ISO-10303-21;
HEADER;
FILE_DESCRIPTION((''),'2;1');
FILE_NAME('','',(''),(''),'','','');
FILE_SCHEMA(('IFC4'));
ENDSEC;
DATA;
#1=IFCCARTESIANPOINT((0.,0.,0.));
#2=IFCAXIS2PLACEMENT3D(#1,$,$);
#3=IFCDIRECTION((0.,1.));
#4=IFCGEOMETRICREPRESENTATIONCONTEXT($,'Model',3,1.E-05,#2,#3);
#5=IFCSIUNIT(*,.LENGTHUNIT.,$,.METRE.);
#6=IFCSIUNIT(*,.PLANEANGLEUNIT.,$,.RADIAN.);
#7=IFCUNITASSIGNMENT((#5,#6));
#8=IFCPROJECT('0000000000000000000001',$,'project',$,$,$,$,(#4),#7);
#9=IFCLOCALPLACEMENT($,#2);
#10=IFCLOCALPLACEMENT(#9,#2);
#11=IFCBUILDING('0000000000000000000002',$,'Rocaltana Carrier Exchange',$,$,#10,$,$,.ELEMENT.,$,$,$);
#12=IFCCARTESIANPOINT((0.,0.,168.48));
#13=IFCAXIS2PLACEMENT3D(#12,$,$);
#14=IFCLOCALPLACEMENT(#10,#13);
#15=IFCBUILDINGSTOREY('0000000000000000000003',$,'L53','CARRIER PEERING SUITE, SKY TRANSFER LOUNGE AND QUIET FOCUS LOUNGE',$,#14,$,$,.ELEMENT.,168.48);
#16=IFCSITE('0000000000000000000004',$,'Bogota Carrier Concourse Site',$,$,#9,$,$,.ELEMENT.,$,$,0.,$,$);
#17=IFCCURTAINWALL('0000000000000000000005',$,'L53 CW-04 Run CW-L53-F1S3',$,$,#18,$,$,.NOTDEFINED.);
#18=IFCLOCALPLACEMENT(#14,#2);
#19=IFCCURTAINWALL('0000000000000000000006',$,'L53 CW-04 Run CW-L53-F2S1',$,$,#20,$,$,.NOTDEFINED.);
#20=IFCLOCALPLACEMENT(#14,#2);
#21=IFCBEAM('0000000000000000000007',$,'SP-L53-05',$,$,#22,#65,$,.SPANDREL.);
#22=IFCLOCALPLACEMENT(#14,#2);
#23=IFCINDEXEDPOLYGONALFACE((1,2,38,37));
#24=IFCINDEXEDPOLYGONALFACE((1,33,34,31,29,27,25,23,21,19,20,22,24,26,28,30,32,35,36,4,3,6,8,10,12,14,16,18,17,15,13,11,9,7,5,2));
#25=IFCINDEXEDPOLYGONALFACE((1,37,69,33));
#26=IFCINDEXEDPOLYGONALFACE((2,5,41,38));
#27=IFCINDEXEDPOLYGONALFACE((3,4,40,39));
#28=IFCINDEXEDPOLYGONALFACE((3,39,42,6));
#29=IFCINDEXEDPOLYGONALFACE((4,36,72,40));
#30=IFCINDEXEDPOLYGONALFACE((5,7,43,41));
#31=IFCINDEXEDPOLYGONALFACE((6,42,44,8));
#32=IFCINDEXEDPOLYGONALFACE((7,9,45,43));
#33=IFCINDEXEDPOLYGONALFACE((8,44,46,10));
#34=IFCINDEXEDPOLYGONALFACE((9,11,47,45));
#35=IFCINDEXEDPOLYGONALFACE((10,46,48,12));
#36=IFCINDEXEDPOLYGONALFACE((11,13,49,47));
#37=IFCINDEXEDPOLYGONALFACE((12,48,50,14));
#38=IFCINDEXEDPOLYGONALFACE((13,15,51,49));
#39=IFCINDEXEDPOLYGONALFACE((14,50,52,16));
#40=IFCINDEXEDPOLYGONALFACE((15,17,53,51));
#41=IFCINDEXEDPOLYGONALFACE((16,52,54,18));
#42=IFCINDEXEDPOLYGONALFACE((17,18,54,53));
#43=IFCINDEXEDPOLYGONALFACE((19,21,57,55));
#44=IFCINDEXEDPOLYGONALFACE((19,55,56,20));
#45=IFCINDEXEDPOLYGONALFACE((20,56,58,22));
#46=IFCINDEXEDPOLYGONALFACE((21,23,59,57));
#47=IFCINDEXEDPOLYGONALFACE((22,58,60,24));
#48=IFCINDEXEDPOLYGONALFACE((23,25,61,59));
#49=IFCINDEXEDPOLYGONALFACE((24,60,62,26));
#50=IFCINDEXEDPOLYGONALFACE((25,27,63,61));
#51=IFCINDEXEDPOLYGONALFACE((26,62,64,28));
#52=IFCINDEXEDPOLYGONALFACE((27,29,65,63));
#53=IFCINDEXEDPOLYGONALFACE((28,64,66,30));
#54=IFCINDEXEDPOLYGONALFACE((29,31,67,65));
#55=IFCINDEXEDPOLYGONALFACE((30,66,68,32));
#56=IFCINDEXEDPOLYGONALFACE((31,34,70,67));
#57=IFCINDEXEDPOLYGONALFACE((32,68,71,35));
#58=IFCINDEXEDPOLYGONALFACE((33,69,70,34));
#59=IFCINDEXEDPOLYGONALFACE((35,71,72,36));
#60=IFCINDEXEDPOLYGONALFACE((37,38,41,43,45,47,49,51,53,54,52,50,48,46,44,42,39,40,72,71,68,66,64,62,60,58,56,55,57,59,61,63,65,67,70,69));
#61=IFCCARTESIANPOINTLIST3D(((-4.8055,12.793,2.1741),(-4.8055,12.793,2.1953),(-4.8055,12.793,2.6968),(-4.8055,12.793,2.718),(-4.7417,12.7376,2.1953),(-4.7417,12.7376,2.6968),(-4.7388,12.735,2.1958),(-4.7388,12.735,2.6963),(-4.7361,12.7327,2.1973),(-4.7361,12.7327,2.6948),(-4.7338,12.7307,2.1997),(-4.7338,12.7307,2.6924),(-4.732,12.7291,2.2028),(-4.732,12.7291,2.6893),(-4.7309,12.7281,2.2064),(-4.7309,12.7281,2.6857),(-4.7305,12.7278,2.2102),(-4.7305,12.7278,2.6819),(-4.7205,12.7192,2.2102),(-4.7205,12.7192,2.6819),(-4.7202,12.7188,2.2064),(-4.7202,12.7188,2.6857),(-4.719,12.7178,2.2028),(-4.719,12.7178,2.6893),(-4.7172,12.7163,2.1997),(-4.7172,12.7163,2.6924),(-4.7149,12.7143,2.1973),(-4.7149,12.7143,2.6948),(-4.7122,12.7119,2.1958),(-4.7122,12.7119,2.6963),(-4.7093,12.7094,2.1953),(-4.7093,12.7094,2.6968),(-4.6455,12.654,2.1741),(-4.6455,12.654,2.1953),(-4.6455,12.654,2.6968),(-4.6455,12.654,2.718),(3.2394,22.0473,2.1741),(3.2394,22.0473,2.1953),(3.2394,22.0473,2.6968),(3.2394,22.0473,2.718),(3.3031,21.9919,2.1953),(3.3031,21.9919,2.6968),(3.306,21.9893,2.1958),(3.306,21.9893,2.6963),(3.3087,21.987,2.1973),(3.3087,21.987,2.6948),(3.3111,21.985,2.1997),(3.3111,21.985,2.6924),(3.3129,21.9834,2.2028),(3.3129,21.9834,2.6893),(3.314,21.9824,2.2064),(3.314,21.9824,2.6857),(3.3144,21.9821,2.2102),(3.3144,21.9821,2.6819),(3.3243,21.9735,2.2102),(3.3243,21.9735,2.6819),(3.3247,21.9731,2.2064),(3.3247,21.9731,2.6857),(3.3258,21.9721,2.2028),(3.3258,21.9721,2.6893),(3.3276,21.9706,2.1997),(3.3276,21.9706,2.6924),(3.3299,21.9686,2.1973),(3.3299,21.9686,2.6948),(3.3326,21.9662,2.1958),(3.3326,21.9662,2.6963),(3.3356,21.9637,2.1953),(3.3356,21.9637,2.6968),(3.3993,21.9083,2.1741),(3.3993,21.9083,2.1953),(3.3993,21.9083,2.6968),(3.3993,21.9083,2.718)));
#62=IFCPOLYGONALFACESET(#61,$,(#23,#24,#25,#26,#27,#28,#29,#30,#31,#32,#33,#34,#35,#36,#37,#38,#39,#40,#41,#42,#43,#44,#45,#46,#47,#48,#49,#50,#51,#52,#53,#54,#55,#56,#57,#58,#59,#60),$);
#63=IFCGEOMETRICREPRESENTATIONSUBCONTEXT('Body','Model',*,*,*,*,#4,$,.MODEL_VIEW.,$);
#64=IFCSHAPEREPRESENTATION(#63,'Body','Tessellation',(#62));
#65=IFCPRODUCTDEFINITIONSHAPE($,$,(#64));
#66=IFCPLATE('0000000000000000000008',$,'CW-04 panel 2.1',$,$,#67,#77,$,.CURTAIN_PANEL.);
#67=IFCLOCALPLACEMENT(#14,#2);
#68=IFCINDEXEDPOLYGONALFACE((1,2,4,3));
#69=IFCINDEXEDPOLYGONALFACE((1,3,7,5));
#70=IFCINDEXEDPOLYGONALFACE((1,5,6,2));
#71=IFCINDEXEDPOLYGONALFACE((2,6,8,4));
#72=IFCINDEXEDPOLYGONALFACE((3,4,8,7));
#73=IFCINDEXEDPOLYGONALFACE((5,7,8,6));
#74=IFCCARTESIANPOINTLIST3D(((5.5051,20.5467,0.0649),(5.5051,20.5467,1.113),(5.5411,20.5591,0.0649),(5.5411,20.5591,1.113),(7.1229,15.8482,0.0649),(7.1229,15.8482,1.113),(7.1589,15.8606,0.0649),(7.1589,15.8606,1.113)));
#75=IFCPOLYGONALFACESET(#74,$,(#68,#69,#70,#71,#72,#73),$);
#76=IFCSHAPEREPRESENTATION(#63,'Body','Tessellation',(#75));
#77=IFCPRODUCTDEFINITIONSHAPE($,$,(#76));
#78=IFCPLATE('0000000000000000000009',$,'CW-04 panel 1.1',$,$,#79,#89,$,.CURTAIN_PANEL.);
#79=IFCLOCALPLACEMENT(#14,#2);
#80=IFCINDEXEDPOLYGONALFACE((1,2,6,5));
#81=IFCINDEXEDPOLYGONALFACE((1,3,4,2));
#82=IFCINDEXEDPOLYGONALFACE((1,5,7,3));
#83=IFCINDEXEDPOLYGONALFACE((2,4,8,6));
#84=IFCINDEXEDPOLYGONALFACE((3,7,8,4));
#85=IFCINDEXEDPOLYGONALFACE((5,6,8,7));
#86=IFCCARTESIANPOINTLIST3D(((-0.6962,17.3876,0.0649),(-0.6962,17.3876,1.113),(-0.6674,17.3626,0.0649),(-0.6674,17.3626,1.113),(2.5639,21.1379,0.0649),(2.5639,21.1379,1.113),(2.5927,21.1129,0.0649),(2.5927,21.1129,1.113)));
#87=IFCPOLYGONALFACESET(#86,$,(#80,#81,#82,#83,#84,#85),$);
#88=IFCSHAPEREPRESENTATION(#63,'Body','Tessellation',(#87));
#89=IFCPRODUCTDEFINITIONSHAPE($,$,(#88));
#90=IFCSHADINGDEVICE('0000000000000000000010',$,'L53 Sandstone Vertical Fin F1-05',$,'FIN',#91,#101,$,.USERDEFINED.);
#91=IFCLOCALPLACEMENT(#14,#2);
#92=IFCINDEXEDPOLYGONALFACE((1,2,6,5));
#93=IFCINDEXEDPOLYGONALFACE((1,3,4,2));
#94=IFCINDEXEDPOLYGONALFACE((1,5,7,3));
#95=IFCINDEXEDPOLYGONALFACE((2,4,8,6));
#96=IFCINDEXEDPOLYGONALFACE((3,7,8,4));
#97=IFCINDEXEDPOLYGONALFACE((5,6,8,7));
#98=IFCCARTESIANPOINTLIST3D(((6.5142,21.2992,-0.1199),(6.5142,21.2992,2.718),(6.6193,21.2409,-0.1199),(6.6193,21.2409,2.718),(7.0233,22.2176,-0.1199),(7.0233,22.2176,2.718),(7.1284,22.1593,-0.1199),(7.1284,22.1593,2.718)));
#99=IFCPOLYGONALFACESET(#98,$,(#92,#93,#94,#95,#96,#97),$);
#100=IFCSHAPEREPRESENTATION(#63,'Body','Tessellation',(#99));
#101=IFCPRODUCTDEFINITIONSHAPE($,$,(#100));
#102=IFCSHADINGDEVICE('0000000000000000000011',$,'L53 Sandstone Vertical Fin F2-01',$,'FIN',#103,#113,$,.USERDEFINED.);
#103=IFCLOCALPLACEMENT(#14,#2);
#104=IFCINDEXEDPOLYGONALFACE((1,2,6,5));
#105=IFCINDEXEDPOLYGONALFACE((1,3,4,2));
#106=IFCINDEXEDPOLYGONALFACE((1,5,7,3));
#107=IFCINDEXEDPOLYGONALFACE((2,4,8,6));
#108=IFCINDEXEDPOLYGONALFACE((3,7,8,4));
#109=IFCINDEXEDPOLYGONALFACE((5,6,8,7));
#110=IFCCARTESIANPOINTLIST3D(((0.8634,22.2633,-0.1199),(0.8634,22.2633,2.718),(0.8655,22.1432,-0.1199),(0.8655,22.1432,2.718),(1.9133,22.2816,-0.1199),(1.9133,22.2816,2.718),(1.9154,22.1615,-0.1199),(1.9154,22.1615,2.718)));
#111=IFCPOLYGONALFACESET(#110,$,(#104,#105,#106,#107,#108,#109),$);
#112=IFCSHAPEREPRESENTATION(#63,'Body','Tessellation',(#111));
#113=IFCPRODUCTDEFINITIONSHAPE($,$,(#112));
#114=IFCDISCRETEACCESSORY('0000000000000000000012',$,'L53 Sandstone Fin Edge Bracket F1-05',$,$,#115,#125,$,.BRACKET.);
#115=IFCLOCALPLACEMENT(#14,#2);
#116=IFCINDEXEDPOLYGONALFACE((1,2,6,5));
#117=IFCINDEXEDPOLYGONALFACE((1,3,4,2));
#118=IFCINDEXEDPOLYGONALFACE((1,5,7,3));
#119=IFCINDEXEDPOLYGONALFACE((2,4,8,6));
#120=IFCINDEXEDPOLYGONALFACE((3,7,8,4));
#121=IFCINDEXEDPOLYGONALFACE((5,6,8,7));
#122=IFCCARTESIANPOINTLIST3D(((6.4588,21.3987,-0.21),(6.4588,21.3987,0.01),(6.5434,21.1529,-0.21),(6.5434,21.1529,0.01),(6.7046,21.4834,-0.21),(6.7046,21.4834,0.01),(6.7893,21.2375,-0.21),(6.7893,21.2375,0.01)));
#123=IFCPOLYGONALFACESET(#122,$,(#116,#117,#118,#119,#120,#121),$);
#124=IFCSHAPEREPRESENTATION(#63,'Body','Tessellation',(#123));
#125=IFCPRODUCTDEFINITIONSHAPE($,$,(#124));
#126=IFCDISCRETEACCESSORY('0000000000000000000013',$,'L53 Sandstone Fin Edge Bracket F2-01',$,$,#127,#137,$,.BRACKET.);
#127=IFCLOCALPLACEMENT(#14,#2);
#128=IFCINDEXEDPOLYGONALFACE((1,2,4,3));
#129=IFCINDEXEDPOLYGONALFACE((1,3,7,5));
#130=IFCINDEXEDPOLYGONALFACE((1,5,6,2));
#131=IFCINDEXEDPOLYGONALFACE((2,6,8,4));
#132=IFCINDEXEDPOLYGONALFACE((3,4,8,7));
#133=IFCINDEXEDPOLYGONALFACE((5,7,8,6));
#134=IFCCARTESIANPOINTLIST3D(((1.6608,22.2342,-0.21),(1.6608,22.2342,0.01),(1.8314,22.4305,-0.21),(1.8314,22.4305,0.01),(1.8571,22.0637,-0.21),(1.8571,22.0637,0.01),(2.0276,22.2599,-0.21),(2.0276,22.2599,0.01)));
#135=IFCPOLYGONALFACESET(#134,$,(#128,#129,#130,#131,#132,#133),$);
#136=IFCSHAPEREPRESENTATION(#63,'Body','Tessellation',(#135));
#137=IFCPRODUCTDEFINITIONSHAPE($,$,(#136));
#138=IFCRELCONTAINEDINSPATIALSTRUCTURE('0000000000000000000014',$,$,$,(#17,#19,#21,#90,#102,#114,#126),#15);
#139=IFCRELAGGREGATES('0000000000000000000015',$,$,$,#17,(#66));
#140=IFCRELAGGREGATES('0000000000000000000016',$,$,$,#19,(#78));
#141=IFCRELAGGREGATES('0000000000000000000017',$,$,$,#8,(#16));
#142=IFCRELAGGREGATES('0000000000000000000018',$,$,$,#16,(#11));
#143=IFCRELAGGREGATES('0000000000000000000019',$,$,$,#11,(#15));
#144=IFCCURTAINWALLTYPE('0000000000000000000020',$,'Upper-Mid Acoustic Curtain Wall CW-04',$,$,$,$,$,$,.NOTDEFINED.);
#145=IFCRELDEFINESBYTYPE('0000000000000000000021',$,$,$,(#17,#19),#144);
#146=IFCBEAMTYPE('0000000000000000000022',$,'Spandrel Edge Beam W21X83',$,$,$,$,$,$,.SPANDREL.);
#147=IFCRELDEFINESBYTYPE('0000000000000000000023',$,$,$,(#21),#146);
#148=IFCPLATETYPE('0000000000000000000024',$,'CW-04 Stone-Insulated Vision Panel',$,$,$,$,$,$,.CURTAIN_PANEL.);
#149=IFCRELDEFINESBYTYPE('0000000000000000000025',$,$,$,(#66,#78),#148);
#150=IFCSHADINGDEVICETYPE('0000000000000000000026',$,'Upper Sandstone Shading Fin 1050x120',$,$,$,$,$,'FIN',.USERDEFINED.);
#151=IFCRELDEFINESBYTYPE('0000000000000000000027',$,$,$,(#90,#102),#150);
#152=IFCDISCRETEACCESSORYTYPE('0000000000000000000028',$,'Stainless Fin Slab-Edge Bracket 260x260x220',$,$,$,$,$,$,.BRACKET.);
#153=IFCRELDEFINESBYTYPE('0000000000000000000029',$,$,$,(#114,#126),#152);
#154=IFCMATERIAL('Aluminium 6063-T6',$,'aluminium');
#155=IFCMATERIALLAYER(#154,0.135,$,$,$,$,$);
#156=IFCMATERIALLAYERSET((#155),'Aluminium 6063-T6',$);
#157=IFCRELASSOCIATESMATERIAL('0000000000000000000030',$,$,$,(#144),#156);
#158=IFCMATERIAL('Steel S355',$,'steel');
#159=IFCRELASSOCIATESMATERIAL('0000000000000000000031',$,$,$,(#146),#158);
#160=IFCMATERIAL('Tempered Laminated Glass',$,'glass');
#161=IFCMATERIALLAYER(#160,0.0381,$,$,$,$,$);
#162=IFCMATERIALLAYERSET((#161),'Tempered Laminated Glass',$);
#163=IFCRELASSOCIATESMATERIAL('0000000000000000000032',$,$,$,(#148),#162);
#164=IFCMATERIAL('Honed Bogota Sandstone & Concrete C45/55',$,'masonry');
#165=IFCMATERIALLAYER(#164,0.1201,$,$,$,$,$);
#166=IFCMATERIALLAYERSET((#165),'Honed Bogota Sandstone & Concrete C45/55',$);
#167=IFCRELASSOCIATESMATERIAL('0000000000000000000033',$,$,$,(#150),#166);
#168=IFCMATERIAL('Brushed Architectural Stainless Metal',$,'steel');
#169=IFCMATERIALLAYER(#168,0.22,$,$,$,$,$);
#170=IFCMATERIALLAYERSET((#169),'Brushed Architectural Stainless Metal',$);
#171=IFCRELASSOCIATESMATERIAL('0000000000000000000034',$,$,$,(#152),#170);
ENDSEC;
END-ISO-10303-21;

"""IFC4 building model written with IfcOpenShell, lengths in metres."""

from ifc_helpers import new_model, si_unit, direction, frame, origin, origin_2d, place, context, subcontext, project, spatial, rectangle, i_section, extrude, material, layer, layer_set, material_profile, profile_set, type_object, element, aggregate, save


model = new_model("IFC4")

# Units and contexts
model_context = context("Model", 3, precision=1e-05, world=origin(), true_north=direction((0.0, 1.0)))
body_context = subcontext(model_context, "Body", "Model", "MODEL_VIEW")
ifc_project = project(units=[si_unit("LENGTHUNIT", "METRE"), si_unit("PLANEANGLEUNIT", "RADIAN")], contexts=[model_context])

# Site, building, storey
site_placement = place(None, origin())
site = spatial("IfcSite", under=ifc_project, at=site_placement, Name="Bogota Carrier Concourse Site", CompositionType="ELEMENT", RefElevation=0.0)
building_placement = place(site_placement, origin())
building = spatial("IfcBuilding", under=site, at=building_placement, Name="Rocaltana Carrier Exchange", CompositionType="ELEMENT")
storey_placement = place(building_placement, frame((0.0, 0.0, 168.48)))
storey = spatial("IfcBuildingStorey", under=building, at=storey_placement, Name="L53", Description="CARRIER PEERING SUITE, SKY TRANSFER LOUNGE AND QUIET FOCUS LOUNGE", CompositionType="ELEMENT", Elevation=168.48)

# Curtain wall
ifc_material_1 = material(Name="Aluminium 6063-T6", Category="aluminium")
ifc_layer_1 = layer(ifc_material_1, 0.135)
ifc_layer_set_1 = layer_set([ifc_layer_1], Name="Aluminium 6063-T6")
curtain_wall_type = type_object("IfcCurtainWallType", Name="Upper-Mid Acoustic Curtain Wall CW-04", PredefinedType="NOTDEFINED", material=ifc_layer_set_1)
curtain_wall_1_placement = place(storey_placement, origin())
curtain_wall_1 = element("IfcCurtainWall", 1, at=curtain_wall_1_placement, inside=storey, type_object=curtain_wall_type, Name="L53 CW-04 Run CW-L53-F1S3", PredefinedType="NOTDEFINED")

# Curtain wall
curtain_wall_2_placement = place(storey_placement, origin())
curtain_wall_2 = element("IfcCurtainWall", 2, at=curtain_wall_2_placement, inside=storey, type_object=curtain_wall_type, Name="L53 CW-04 Run CW-L53-F2S1", PredefinedType="NOTDEFINED")

# Beam
ifc_material_2 = material(Name="Steel S355", Category="steel")
ifc_material_profile_1 = material_profile(ifc_material_2, i_section(OverallWidth=0.2119, OverallDepth=0.5439, WebThickness=0.0132, FlangeThickness=0.0212, FilletRadius=0.0149, at=origin_2d()), Name="W21X83")
ifc_profile_set_1 = profile_set([ifc_material_profile_1], Name="Steel S355")
beam_type_1 = type_object("IfcBeamType", Name="Spandrel Edge Beam W21X83", PredefinedType="SPANDREL", material=ifc_profile_set_1)
beam_1_placement = place(storey_placement, frame((3.3193, 21.9778, 2.446), z_axis=(-0.656068, -0.754702, 0.0), x_axis=(0.754702, -0.656068, 0.0)))
element("IfcBeam", 3, at=beam_1_placement, inside=storey, type_object=beam_type_1, Name="SP-L53-05", PredefinedType="SPANDREL", context=body_context, shape_type="SweptSolid", body=[
    extrude(i_section(OverallWidth=0.2119, OverallDepth=0.5439, WebThickness=0.0132, FlangeThickness=0.0212, FilletRadius=0.0149, at=origin_2d()), origin(), (0.0, 0.0, 1.0), 12.2622),
])

# Plates
ifc_material_3 = material(Name="Tempered Laminated Glass", Category="glass")
ifc_layer_2 = layer(ifc_material_3, 0.0381)
ifc_layer_set_2 = layer_set([ifc_layer_2], Name="Tempered Laminated Glass")
plate_type = type_object("IfcPlateType", Name="CW-04 Stone-Insulated Vision Panel", PredefinedType="CURTAIN_PANEL", material=ifc_layer_set_2)
plate_1_placement = place(storey_placement, frame((6.332, 18.2036, 0.0649), z_axis=(0.0, 0.0, 1.0), x_axis=(-0.325559, 0.945522, 0.0)))
plate_1 = element("IfcPlate", 4, at=plate_1_placement, type_object=plate_type, Name="CW-04 panel 2.1", PredefinedType="CURTAIN_PANEL", context=body_context, shape_type="SweptSolid", body=[
    extrude(rectangle(XDim=4.9692, YDim=0.0381, at=origin_2d()), origin(), (0.0, 0.0, 1.0), 1.0481),
])
aggregate(curtain_wall_1, [plate_1])
plate_2_placement = place(storey_placement, frame((0.9482, 19.2502, 0.0649), z_axis=(0.0, 0.0, 1.0), x_axis=(-0.656057, -0.754712, 0.0)))
plate_2 = element("IfcPlate", 5, at=plate_2_placement, type_object=plate_type, Name="CW-04 panel 1.1", PredefinedType="CURTAIN_PANEL", context=body_context, shape_type="SweptSolid", body=[
    extrude(rectangle(XDim=4.9692, YDim=0.0381, at=origin_2d()), origin(), (0.0, 0.0, 1.0), 1.0481),
])
aggregate(curtain_wall_2, [plate_2])

# Shading devices
ifc_material_4 = material(Name="Honed Bogota Sandstone & Concrete C45/55", Category="masonry")
ifc_layer_3 = layer(ifc_material_4, 0.1201)
ifc_layer_set_3 = layer_set([ifc_layer_3], Name="Honed Bogota Sandstone & Concrete C45/55")
shading_device_type = type_object("IfcShadingDeviceType", Name="Upper Sandstone Shading Fin 1050x120", ElementType="FIN", PredefinedType="USERDEFINED", material=ifc_layer_set_3)
for number, where, z_axis, x_axis, name in (
    (6, (6.8213, 21.7292, -0.1199), (0.0, 0.0, 1.0), (0.48481, 0.87462, 0.0), "L53 Sandstone Vertical Fin F1-05"),
    (7, (1.3894, 22.2124, -0.1199), (0.0, 0.0, 1.0), (-0.999848, -0.017452, 0.0), "L53 Sandstone Vertical Fin F2-01"),
):
    element("IfcShadingDevice", number, at=place(storey_placement, frame(where, z_axis=z_axis, x_axis=x_axis)), inside=storey, type_object=shading_device_type, Name=name, ObjectType="FIN", PredefinedType="USERDEFINED", context=body_context, shape_type="SweptSolid", body=[
        extrude(rectangle(XDim=1.05, YDim=0.1201, at=origin_2d()), origin(), (0.0, 0.0, 1.0), 2.8379),
    ])

# Discrete accessories
ifc_material_5 = material(Name="Brushed Architectural Stainless Metal", Category="steel")
ifc_layer_4 = layer(ifc_material_5, 0.22)
ifc_layer_set_4 = layer_set([ifc_layer_4], Name="Brushed Architectural Stainless Metal")
discrete_accessory_type = type_object("IfcDiscreteAccessoryType", Name="Stainless Fin Slab-Edge Bracket 260x260x220", PredefinedType="BRACKET", material=ifc_layer_set_4)
for number, where, z_axis, x_axis, name in (
    (8, (6.624, 21.3181, -0.21), (0.0, 0.0, 1.0), (-0.325568, 0.945519, 0.0), "L53 Sandstone Fin Edge Bracket F1-05"),
    (9, (1.8442, 22.2471, -0.21), (0.0, 0.0, 1.0), (-0.656059, -0.75471, 0.0), "L53 Sandstone Fin Edge Bracket F2-01"),
):
    element("IfcDiscreteAccessory", number, at=place(storey_placement, frame(where, z_axis=z_axis, x_axis=x_axis)), inside=storey, type_object=discrete_accessory_type, Name=name, PredefinedType="BRACKET", context=body_context, shape_type="SweptSolid", body=[
        extrude(rectangle(XDim=0.26, YDim=0.26, at=origin_2d()), origin(), (0.0, 0.0, 1.0), 0.22),
    ])

save(model, "model.ifc")
